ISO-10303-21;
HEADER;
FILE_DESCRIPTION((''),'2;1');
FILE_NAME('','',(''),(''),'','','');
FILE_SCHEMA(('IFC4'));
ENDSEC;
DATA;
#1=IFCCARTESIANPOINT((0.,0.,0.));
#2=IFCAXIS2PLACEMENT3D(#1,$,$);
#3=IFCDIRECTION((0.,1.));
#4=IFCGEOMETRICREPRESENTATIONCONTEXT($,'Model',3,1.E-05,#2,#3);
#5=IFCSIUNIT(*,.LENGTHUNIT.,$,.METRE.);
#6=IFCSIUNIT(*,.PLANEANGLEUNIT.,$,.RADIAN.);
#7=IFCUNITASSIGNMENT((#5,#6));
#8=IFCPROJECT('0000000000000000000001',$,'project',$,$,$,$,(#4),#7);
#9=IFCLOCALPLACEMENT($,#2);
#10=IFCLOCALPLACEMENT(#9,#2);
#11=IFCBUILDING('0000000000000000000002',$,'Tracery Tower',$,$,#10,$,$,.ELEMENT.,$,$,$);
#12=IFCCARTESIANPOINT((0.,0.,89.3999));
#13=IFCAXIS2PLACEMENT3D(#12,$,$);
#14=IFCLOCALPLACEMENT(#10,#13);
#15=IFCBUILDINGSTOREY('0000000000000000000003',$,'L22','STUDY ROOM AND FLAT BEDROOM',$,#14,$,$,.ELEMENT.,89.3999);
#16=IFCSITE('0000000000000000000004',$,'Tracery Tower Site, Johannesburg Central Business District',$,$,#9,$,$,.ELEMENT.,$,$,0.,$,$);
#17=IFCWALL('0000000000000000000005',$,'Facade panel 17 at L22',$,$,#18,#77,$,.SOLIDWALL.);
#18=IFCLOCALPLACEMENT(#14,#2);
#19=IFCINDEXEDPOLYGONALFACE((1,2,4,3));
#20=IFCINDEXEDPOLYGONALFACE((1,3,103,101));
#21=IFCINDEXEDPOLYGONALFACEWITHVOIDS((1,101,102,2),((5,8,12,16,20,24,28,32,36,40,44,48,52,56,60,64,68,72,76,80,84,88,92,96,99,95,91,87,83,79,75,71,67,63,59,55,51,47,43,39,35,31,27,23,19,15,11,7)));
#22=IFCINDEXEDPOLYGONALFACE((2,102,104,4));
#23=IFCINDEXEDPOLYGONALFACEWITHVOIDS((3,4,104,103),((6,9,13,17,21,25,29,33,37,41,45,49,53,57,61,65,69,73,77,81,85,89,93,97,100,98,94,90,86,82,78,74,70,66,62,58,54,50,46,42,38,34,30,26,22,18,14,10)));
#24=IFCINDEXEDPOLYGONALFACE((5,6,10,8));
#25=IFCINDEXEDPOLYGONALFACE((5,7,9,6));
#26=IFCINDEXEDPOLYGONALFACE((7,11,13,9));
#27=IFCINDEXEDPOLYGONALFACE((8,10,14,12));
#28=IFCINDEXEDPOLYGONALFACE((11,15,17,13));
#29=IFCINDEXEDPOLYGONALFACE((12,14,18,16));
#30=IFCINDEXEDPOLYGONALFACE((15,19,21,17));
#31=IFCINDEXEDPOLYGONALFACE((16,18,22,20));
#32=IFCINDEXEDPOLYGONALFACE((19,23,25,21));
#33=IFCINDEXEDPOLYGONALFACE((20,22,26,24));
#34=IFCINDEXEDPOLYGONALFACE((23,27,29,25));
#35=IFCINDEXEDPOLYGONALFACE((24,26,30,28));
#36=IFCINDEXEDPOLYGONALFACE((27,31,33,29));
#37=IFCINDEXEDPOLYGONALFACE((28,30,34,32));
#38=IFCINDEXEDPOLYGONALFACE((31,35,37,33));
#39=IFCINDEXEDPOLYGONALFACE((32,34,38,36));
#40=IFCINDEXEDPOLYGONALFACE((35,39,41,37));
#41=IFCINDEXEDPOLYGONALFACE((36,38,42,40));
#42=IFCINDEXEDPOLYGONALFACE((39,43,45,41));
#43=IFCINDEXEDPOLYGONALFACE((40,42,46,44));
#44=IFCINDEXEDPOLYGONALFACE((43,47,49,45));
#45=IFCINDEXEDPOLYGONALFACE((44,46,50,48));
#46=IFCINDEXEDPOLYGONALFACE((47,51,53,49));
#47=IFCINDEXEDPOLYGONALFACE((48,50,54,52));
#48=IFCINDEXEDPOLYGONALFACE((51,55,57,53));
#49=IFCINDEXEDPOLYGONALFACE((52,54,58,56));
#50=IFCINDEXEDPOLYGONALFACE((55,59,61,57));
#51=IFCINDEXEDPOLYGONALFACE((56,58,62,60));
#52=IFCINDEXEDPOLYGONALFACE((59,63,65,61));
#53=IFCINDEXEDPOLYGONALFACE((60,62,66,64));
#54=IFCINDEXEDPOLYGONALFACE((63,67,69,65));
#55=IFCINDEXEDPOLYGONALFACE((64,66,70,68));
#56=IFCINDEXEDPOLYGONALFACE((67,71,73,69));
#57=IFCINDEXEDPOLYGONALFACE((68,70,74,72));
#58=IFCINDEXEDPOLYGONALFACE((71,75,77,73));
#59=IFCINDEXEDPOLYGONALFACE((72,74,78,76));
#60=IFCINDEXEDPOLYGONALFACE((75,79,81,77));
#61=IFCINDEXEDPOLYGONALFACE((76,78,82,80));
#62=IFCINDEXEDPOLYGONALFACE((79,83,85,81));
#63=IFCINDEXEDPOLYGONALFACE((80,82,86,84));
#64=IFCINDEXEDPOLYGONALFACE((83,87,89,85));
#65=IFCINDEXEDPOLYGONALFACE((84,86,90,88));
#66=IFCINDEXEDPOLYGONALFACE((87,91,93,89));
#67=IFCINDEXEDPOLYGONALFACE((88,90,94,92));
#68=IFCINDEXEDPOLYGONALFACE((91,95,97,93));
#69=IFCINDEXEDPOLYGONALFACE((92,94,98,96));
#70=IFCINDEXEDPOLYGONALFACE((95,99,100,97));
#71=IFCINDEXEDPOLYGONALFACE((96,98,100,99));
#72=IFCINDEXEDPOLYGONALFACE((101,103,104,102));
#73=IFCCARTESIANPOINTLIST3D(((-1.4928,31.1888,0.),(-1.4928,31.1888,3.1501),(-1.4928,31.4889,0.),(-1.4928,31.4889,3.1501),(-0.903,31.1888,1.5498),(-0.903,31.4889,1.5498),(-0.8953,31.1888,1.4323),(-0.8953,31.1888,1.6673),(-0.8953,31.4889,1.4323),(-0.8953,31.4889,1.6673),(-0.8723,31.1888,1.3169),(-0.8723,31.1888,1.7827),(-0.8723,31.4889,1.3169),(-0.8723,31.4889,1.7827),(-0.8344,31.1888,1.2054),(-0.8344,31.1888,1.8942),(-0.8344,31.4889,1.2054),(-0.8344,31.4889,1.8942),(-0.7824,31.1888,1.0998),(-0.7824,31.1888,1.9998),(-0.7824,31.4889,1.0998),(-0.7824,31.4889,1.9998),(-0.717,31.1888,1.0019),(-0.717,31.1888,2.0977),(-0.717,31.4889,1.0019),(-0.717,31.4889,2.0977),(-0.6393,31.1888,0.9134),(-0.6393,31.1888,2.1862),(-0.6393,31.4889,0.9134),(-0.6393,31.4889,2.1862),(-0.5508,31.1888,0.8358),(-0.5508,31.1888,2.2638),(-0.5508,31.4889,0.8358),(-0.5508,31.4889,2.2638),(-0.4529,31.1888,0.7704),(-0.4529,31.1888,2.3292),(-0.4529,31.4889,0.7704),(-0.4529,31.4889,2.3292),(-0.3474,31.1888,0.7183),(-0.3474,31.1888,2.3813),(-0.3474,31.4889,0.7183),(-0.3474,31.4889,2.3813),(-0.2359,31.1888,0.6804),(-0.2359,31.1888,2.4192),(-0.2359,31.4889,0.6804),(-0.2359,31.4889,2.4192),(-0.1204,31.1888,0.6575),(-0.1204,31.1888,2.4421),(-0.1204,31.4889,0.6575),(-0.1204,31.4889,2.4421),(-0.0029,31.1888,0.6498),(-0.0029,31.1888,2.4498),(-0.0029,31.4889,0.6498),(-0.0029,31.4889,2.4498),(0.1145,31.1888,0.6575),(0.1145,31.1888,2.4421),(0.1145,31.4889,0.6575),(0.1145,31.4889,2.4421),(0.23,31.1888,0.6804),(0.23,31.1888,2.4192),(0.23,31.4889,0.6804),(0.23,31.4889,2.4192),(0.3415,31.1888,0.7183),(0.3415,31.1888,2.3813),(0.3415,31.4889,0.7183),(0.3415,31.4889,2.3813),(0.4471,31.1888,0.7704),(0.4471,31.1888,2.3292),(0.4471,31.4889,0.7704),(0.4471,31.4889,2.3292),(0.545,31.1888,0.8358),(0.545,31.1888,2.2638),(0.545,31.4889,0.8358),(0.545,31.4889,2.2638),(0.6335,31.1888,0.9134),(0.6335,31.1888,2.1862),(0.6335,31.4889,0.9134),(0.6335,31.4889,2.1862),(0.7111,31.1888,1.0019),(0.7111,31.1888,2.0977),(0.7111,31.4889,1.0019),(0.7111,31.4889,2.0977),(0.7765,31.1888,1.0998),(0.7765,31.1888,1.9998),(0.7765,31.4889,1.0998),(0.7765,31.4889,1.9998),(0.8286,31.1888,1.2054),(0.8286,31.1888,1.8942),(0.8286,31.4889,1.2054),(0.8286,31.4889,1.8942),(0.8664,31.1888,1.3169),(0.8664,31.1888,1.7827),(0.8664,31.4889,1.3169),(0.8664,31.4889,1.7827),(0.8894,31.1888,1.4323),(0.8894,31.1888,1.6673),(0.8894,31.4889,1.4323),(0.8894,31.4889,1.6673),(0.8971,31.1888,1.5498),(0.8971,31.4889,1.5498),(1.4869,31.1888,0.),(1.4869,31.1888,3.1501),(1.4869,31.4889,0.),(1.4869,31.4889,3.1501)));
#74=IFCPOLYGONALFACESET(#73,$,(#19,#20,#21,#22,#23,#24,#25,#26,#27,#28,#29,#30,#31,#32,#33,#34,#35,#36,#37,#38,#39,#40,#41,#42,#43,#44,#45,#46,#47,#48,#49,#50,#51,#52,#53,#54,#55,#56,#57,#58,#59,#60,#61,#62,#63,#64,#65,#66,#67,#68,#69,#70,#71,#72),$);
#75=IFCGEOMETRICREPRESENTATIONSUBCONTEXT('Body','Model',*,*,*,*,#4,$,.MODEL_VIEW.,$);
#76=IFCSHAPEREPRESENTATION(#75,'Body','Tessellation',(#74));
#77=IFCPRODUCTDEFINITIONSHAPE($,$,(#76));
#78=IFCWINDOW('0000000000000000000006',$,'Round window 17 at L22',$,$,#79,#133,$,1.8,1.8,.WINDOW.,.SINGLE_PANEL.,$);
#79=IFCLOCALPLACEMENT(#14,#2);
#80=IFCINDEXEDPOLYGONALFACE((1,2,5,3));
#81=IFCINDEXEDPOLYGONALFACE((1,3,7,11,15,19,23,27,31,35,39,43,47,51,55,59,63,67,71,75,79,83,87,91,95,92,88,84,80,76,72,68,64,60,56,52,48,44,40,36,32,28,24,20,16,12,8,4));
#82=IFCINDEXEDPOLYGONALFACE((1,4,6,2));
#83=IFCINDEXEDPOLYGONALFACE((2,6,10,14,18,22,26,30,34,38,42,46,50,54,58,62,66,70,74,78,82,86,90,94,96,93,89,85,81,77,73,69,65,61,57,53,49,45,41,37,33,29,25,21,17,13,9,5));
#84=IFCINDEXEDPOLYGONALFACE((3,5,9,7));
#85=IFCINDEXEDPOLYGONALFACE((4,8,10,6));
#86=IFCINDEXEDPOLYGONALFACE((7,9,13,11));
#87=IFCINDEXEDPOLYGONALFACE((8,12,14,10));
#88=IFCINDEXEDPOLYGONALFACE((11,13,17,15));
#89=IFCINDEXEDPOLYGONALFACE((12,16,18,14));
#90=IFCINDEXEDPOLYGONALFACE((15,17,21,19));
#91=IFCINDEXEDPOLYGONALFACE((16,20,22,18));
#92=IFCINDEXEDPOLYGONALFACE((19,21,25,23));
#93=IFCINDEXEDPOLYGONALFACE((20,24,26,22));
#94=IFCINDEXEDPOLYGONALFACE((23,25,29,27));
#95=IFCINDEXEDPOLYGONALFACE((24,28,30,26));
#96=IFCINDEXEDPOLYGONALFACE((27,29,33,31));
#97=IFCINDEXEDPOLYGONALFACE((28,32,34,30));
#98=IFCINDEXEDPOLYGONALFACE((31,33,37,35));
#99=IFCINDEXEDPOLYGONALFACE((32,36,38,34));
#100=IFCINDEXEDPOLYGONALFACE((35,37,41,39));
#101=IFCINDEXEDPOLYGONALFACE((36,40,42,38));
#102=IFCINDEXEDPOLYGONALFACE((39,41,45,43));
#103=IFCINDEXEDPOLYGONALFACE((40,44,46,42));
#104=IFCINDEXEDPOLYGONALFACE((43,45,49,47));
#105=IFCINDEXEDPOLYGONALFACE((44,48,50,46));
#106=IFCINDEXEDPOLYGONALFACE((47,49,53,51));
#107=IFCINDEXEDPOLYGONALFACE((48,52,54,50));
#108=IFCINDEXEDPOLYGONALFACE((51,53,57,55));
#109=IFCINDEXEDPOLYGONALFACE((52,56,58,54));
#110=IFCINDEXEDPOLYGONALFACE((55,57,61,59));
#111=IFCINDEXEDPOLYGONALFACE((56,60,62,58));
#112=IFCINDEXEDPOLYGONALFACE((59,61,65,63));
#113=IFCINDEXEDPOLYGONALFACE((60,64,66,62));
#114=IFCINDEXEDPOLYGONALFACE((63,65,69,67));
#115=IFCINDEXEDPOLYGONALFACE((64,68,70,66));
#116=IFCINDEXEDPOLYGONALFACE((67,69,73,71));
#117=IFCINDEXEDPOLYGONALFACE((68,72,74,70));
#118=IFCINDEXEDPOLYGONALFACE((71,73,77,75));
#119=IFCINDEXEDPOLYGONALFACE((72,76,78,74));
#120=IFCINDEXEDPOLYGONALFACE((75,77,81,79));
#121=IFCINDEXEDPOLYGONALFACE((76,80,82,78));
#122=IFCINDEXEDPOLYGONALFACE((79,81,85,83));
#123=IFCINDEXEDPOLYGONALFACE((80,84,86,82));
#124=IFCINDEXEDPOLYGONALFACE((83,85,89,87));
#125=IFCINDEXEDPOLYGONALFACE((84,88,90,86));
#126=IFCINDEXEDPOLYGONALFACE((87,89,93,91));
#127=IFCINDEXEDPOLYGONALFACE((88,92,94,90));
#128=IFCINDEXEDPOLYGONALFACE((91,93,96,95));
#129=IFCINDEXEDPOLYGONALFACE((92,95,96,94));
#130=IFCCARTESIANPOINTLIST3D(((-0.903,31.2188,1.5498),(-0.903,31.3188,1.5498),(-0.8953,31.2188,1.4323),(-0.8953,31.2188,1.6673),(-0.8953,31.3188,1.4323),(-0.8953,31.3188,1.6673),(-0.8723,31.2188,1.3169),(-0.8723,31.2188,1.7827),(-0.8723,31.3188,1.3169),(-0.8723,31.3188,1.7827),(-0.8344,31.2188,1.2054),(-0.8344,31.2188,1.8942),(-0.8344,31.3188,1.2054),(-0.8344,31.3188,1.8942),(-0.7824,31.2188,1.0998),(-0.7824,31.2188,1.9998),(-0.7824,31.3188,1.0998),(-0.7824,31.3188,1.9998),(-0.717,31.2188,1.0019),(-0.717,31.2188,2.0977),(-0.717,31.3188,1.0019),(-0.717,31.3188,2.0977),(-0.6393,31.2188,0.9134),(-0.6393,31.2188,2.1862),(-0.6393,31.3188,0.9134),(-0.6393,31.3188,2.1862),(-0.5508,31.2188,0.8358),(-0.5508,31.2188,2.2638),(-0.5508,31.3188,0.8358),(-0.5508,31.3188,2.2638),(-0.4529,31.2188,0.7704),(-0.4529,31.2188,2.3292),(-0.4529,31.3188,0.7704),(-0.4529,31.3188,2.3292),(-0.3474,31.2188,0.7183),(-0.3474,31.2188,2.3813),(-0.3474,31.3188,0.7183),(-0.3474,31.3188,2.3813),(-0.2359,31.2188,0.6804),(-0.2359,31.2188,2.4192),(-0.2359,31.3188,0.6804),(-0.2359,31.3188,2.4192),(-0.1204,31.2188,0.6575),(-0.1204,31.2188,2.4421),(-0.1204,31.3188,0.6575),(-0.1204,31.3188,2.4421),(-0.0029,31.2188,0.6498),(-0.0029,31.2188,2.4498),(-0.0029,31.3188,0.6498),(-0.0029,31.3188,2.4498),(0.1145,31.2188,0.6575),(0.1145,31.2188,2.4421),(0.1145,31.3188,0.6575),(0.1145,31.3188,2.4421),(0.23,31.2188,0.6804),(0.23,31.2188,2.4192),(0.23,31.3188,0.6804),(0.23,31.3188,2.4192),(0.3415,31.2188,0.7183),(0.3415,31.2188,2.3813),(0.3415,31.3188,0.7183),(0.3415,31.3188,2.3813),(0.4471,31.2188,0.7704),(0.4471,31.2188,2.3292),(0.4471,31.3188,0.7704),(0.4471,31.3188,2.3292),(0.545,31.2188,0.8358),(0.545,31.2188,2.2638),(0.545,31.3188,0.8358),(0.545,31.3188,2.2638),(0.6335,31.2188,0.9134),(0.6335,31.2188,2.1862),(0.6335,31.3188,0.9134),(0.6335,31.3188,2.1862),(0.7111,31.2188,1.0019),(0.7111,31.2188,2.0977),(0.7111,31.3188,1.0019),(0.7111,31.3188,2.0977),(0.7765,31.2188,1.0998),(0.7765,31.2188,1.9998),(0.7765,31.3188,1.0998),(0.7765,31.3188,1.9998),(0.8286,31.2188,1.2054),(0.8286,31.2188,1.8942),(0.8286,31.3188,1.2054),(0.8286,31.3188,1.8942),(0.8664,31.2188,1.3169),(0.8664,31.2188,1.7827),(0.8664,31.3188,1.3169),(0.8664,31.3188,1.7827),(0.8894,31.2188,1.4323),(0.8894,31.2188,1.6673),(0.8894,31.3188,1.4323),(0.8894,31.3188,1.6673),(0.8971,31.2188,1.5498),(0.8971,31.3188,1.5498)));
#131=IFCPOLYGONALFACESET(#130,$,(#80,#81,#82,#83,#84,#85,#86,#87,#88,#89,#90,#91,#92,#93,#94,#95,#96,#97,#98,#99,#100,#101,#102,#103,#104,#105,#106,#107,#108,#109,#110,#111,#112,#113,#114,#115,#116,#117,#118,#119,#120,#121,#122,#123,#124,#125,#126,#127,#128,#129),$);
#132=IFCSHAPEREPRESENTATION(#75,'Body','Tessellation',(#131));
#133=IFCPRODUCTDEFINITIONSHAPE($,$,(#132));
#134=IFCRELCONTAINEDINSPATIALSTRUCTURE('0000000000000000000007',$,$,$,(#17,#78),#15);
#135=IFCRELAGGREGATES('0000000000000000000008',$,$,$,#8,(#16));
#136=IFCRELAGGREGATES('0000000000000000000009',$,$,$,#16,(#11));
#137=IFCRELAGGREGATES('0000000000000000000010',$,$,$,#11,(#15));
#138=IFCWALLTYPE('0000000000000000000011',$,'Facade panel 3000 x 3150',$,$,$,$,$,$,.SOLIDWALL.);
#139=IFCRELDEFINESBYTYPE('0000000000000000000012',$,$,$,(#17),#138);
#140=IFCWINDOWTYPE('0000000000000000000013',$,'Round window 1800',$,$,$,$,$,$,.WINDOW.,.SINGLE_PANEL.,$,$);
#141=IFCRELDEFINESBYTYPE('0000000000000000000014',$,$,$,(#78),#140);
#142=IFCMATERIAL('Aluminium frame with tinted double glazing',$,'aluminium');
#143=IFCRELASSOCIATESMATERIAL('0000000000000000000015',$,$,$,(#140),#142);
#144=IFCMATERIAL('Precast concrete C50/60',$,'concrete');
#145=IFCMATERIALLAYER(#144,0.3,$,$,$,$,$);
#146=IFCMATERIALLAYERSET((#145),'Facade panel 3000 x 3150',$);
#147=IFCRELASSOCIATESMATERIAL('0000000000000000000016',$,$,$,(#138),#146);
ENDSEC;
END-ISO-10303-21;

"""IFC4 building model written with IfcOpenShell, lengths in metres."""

from ifc_helpers import new_model, si_unit, direction, frame, frame_2d, origin, origin_2d, place, context, subcontext, project, spatial, rectangle, circle, extrude, material, layer, layer_set, type_object, element, fill, save


model = new_model("IFC4")

# Units and contexts
model_context = context("Model", 3, precision=1e-05, world=origin(), true_north=direction((0.0, 1.0)))
body_context = subcontext(model_context, "Body", "Model", "MODEL_VIEW")
ifc_project = project(units=[si_unit("LENGTHUNIT", "METRE"), si_unit("PLANEANGLEUNIT", "RADIAN")], contexts=[model_context])

# Site, building, storey
site_placement = place(None, origin())
site = spatial("IfcSite", under=ifc_project, at=site_placement, Name="Tracery Tower Site, Johannesburg Central Business District", CompositionType="ELEMENT", RefElevation=0.0)
building_placement = place(site_placement, origin())
building = spatial("IfcBuilding", under=site, at=building_placement, Name="Tracery Tower", CompositionType="ELEMENT")
storey_placement = place(building_placement, frame((0.0, 0.0, 89.3999)))
storey = spatial("IfcBuildingStorey", under=building, at=storey_placement, Name="L22", Description="STUDY ROOM AND FLAT BEDROOM", CompositionType="ELEMENT", Elevation=89.3999)

# Wall, opening, window
ifc_material_1 = material(Name="Aluminium frame with tinted double glazing", Category="aluminium")
window_type = type_object("IfcWindowType", Name="Round window 1800", PartitioningType="SINGLE_PANEL", PredefinedType="WINDOW", material=ifc_material_1)
ifc_material_2 = material(Name="Precast concrete C50/60", Category="concrete")
ifc_layer_1 = layer(ifc_material_2, 0.3)
ifc_layer_set_1 = layer_set([ifc_layer_1], Name="Facade panel 3000 x 3150")
wall_type_1 = type_object("IfcWallType", Name="Facade panel 3000 x 3150", PredefinedType="SOLIDWALL", material=ifc_layer_set_1)
wall_1_placement = place(storey_placement, frame((1.4868, 31.3389, 0.0), z_axis=(0.0, 0.0, 1.0), x_axis=(-1.0, 0.0, 0.0)))
wall_1 = element("IfcWall", 1, at=wall_1_placement, inside=storey, type_object=wall_type_1, Name="Facade panel 17 at L22", PredefinedType="SOLIDWALL", context=body_context, shape_type="SweptSolid", body=[
    extrude(rectangle(XDim=2.9797, YDim=0.3, at=frame_2d((1.4897, 0.0))), origin(), (0.0, 0.0, 1.0), 3.1501),
])
opening_1_placement = place(wall_1_placement, frame((1.4897, 0.0, 1.5498)))
opening_1 = element("IfcOpeningElement", 2, at=opening_1_placement, cuts=wall_1, PredefinedType="OPENING", context=body_context, shape_type="SweptSolid", body=[
    extrude(circle(Radius=0.9, at=origin_2d()), frame((0.0, 0.1599, 0.0), z_axis=(0.0, -1.0, 0.0), x_axis=(1.0, 0.0, 0.0)), (0.0, 0.0, 1.0), 0.3201),
])
window_1_placement = place(opening_1_placement, origin())
window_1 = element("IfcWindow", 3, at=window_1_placement, inside=storey, type_object=window_type, Name="Round window 17 at L22", OverallHeight=1.8, OverallWidth=1.8, PartitioningType="SINGLE_PANEL", PredefinedType="WINDOW", context=body_context, shape_type="SweptSolid", body=[
    extrude(circle(Radius=0.9, at=origin_2d()), frame((0.0, 0.1201, 0.0), z_axis=(0.0, -1.0, 0.0), x_axis=(1.0, 0.0, 0.0)), (0.0, 0.0, 1.0), 0.1001),
])
fill(opening_1, window_1)

save(model, "model.ifc")
